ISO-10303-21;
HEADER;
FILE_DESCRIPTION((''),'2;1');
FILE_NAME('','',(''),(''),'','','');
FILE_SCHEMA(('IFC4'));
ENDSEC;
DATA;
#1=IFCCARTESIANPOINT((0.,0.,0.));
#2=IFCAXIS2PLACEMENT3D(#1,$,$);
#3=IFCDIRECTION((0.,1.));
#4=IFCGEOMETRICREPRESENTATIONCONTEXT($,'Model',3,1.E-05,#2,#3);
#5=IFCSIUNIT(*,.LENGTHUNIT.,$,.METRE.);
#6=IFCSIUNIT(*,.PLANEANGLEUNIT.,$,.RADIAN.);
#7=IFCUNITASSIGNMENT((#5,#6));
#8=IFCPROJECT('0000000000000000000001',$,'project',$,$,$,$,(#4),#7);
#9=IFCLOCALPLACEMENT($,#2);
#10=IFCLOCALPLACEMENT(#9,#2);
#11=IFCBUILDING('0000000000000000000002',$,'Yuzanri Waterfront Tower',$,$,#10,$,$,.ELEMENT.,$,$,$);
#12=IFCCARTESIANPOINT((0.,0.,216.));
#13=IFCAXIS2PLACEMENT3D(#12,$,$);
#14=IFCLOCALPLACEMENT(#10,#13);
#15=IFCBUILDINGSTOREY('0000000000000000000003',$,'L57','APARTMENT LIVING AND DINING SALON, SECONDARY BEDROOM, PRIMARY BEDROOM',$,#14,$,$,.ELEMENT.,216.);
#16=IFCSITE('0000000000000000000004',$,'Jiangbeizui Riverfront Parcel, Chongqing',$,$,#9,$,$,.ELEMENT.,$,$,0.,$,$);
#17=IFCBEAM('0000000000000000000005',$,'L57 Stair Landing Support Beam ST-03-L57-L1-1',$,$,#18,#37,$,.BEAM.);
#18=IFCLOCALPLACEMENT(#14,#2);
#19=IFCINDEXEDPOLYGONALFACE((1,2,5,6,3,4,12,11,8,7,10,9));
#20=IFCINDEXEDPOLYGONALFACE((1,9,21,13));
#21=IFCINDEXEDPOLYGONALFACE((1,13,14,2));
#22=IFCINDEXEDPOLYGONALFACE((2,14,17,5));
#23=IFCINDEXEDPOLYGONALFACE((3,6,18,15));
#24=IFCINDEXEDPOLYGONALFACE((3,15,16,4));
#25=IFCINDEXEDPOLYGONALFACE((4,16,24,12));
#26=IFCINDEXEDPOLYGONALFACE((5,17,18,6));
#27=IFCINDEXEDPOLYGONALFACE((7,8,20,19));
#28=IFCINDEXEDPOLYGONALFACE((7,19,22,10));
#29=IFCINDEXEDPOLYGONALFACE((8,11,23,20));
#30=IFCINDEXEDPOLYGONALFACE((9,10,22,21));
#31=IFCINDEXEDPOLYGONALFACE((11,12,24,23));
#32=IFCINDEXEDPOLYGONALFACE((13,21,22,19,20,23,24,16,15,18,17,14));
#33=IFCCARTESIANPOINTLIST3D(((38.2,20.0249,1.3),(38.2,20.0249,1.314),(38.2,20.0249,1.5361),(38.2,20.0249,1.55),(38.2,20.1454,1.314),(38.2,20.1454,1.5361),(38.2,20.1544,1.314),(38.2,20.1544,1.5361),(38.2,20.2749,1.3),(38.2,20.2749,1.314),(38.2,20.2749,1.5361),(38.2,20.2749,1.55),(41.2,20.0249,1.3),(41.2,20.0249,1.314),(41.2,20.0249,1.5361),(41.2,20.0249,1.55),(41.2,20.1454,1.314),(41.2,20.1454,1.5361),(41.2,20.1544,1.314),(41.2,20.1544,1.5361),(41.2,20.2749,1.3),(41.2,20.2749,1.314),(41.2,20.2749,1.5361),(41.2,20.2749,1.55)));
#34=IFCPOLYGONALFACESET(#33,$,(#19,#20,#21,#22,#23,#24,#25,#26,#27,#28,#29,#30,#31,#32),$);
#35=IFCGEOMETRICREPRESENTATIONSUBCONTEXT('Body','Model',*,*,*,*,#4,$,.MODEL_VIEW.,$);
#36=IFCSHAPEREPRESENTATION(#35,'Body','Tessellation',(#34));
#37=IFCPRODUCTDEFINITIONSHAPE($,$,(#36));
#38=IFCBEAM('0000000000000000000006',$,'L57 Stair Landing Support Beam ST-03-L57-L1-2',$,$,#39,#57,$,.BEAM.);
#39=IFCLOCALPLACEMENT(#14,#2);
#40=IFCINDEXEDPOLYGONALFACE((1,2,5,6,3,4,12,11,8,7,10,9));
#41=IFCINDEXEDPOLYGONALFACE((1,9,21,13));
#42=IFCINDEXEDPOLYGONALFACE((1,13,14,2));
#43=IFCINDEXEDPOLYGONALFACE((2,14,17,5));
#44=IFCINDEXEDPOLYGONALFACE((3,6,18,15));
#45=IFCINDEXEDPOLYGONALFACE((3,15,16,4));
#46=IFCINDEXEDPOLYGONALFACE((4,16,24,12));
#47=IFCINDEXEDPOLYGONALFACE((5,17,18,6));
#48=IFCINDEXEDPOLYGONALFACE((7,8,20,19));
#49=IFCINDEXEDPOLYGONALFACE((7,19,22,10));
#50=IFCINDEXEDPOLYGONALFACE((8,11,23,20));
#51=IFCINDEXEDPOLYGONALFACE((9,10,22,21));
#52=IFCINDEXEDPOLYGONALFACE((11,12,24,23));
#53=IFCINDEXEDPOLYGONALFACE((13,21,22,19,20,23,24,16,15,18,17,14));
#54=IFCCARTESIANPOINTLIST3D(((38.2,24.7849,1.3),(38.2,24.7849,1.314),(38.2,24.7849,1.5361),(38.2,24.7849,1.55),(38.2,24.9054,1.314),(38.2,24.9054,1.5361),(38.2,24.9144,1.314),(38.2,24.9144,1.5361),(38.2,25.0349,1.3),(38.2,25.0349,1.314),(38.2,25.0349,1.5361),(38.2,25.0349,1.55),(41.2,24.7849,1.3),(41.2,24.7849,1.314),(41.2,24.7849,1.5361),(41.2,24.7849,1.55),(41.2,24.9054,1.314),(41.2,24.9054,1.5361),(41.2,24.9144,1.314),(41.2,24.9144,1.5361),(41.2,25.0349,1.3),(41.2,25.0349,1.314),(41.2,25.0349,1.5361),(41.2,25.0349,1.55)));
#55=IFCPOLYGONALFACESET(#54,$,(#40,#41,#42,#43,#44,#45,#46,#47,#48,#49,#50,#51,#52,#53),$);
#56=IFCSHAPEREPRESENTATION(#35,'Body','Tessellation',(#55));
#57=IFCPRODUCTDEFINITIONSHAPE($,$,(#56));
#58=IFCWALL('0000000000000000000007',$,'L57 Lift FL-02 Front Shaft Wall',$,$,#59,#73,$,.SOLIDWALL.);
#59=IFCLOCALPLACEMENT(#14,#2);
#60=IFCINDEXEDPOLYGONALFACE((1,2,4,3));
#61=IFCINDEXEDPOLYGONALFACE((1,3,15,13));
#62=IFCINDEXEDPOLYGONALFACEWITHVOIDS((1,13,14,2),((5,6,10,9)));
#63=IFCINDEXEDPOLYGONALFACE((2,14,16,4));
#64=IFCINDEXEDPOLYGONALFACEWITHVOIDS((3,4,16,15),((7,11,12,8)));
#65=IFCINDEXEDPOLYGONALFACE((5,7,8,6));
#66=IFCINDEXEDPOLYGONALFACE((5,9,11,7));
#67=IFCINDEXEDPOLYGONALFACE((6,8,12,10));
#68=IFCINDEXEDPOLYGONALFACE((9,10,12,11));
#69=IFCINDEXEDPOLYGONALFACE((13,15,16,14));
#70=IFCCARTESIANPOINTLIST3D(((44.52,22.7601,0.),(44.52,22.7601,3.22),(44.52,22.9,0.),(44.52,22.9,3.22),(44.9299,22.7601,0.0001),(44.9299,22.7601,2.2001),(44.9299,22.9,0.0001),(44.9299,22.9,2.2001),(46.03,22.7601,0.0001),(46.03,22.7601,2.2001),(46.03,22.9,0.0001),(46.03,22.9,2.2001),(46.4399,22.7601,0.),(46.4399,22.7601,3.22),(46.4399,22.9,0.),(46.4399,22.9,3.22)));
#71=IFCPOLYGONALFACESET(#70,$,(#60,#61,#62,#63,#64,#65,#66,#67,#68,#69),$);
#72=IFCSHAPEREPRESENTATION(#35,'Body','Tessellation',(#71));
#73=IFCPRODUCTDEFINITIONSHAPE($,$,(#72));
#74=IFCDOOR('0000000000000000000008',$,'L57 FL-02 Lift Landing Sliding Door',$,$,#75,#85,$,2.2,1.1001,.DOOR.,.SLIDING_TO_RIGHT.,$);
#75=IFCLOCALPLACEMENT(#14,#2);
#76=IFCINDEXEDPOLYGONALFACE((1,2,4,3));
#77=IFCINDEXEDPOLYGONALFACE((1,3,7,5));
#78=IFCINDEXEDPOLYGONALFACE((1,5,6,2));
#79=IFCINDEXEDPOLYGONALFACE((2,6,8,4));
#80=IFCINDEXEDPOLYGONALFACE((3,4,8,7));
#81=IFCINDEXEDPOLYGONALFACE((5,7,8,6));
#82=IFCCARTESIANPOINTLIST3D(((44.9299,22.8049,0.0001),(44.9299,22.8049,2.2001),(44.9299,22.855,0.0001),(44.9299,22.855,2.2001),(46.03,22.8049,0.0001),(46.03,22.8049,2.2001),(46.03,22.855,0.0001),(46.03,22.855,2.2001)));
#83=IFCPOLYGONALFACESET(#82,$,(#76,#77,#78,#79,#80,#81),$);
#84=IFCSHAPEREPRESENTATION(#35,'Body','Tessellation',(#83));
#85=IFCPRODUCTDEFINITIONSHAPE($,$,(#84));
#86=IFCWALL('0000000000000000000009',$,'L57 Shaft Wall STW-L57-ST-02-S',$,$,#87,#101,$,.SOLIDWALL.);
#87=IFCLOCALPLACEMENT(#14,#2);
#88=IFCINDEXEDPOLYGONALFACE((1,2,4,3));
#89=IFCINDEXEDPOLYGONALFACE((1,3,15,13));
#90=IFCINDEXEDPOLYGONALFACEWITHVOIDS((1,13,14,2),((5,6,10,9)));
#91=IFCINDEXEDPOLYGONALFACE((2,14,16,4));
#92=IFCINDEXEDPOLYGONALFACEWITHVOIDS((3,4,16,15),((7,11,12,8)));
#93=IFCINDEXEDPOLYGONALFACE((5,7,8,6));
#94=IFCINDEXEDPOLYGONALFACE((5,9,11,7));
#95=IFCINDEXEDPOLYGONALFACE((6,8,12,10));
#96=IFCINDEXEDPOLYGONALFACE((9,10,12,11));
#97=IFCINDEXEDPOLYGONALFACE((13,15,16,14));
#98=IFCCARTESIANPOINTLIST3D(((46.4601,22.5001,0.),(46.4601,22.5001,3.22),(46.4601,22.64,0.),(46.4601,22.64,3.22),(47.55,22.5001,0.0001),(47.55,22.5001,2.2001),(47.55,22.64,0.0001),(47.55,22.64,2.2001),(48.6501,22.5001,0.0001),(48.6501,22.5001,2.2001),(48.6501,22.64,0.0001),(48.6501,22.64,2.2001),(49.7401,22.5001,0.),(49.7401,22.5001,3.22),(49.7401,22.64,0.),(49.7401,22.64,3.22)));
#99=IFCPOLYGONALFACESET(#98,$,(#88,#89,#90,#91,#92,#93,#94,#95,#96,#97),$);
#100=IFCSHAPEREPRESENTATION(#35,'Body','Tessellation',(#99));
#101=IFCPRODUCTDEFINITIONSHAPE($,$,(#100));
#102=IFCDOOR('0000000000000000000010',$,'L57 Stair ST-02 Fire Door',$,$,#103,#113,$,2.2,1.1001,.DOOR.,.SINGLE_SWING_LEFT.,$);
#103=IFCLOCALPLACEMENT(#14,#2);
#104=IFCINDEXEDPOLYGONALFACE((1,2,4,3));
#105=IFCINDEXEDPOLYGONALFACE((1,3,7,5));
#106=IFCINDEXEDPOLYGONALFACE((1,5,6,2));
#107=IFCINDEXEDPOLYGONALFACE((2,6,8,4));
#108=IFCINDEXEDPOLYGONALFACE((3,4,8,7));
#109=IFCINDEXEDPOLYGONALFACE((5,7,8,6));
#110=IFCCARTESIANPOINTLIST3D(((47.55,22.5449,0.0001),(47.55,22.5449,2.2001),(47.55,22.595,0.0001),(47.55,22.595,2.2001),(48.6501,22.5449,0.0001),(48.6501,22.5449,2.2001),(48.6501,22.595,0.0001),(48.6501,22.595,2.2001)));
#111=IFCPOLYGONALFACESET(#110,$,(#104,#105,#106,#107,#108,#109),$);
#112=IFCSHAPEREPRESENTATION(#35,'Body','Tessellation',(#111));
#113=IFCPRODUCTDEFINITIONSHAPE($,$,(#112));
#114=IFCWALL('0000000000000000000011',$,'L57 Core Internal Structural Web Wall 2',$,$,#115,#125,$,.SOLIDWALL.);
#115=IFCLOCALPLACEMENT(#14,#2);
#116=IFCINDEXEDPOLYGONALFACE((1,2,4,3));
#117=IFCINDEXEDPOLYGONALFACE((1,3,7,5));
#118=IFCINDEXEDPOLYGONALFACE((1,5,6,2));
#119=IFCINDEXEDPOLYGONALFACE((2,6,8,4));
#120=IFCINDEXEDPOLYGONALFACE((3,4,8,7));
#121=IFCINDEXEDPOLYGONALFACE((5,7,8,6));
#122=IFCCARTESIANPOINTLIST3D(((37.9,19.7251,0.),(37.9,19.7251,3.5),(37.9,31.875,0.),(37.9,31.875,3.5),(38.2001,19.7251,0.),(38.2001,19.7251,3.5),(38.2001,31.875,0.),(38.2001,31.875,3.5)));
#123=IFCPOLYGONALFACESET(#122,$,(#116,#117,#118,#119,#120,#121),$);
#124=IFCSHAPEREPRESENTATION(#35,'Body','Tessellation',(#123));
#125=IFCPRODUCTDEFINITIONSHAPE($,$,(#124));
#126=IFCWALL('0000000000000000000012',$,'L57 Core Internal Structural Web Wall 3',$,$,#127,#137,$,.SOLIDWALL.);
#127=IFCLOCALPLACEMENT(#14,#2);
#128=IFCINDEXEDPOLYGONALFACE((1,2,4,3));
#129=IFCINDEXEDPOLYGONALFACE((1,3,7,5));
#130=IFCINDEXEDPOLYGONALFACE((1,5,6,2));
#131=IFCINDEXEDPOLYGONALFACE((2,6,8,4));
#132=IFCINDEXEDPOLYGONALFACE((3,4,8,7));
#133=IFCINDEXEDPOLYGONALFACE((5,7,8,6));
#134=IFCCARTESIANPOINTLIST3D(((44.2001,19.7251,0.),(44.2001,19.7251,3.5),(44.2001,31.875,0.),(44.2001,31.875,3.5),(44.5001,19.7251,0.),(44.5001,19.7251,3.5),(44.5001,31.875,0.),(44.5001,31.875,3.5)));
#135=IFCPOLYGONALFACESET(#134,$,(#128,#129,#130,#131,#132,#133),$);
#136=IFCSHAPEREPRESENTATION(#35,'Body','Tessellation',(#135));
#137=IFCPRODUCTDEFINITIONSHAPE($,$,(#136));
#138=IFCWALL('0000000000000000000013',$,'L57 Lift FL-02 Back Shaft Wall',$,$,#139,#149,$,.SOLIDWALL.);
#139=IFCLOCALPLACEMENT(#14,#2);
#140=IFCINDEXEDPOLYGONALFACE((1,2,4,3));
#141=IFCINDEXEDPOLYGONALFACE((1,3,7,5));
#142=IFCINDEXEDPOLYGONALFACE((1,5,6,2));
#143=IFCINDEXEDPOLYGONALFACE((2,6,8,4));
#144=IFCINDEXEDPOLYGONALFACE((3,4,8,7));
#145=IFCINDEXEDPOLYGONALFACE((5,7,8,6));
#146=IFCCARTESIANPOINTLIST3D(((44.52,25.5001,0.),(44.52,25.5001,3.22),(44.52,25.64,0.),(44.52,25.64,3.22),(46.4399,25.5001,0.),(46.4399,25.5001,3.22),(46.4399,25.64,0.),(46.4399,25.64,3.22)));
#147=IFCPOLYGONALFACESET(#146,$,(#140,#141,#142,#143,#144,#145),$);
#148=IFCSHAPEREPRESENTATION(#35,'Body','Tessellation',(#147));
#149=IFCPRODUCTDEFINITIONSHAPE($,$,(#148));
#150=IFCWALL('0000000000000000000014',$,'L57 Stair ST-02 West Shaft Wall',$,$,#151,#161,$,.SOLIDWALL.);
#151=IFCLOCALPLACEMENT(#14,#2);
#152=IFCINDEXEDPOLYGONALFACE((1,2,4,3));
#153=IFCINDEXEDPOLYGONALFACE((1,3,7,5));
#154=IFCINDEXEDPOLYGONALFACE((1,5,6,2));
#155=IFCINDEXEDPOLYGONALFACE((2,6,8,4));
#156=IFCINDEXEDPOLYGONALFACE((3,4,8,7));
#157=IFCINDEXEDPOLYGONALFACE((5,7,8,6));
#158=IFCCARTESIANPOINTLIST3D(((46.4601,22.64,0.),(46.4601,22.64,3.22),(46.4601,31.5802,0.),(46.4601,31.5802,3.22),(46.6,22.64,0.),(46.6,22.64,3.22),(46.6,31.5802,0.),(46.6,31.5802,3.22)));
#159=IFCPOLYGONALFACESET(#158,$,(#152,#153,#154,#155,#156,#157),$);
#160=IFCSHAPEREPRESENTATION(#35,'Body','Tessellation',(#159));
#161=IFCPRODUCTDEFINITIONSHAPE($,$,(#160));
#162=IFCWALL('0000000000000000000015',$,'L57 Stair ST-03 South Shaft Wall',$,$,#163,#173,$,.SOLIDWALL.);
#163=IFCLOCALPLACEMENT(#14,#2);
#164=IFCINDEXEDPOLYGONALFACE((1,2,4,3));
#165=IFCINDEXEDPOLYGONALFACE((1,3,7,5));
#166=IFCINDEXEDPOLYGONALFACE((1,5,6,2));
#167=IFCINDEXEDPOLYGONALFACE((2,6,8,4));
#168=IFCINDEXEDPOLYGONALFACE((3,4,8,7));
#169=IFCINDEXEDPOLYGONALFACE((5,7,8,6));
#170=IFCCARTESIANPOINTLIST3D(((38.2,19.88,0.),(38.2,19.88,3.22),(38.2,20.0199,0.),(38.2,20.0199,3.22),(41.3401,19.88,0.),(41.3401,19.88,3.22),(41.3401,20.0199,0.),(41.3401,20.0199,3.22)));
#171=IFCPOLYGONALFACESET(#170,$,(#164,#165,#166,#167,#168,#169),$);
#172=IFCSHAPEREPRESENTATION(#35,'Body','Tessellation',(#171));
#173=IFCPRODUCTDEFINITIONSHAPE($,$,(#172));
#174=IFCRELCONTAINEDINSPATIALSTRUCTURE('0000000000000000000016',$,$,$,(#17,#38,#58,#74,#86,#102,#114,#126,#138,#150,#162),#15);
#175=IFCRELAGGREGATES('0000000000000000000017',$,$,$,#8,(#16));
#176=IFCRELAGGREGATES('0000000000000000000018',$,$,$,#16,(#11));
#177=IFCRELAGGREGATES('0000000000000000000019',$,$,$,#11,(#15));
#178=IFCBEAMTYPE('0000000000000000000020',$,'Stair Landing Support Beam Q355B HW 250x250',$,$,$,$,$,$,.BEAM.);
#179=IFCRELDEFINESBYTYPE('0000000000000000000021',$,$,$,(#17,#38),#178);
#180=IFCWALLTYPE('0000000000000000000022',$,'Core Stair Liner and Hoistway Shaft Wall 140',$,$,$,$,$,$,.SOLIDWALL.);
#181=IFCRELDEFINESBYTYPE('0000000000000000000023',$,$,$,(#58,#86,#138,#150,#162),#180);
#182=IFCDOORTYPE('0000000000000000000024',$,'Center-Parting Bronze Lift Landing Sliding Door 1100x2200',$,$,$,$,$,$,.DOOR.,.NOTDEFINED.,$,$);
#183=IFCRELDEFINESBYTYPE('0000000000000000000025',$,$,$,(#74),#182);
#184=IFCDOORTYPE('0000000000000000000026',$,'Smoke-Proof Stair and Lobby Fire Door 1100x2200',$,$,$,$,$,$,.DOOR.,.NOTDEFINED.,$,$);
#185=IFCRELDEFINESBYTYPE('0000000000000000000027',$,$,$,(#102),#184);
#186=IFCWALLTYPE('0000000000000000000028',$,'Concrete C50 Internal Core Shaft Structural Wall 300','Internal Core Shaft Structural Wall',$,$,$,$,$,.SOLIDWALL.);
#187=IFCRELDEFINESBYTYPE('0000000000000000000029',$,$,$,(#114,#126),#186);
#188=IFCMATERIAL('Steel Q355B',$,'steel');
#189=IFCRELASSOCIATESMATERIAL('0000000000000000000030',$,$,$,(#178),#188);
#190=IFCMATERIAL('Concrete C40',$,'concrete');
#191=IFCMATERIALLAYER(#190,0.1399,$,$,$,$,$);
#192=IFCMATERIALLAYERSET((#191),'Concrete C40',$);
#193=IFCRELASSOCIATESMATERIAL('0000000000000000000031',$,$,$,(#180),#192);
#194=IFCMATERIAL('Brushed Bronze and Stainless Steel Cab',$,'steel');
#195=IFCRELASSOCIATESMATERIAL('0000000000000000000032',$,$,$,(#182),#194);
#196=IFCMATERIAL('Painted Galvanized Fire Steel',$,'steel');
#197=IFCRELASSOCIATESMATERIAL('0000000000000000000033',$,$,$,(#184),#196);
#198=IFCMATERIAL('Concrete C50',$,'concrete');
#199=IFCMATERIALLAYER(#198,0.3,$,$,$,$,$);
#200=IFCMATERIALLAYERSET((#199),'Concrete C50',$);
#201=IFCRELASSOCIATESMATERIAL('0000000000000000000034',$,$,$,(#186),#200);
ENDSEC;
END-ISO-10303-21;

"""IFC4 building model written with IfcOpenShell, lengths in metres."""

from ifc_helpers import new_model, si_unit, direction, frame, frame_2d, origin, origin_2d, place, context, subcontext, project, spatial, rectangle, i_section, extrude, source, transform, mapped, material, layer, layer_set, material_profile, profile_set, type_object, element, fill, save


model = new_model("IFC4")

# Units and contexts
model_context = context("Model", 3, precision=1e-05, world=origin(), true_north=direction((0.0, 1.0)))
body_context = subcontext(model_context, "Body", "Model", "MODEL_VIEW")
ifc_project = project(units=[si_unit("LENGTHUNIT", "METRE"), si_unit("PLANEANGLEUNIT", "RADIAN")], contexts=[model_context])

# Site, building, storey
site_placement = place(None, origin())
site = spatial("IfcSite", under=ifc_project, at=site_placement, Name="Jiangbeizui Riverfront Parcel, Chongqing", CompositionType="ELEMENT", RefElevation=0.0)
building_placement = place(site_placement, origin())
building = spatial("IfcBuilding", under=site, at=building_placement, Name="Yuzanri Waterfront Tower", CompositionType="ELEMENT")
storey_placement = place(building_placement, frame((0.0, 0.0, 216.0)))
storey = spatial("IfcBuildingStorey", under=building, at=storey_placement, Name="L57", Description="APARTMENT LIVING AND DINING SALON, SECONDARY BEDROOM, PRIMARY BEDROOM", CompositionType="ELEMENT", Elevation=216.0)

# Beams
ifc_material_1 = material(Name="Steel Q355B", Category="steel")
ifc_material_profile = material_profile(ifc_material_1, i_section(OverallWidth=0.25, OverallDepth=0.25, WebThickness=0.009, FlangeThickness=0.0139, at=origin_2d()), Name="HW 250x250x9x14")
ifc_profile_set = profile_set([ifc_material_profile], Name="Steel Q355B")
beam_type = type_object("IfcBeamType", Name="Stair Landing Support Beam Q355B HW 250x250", PredefinedType="BEAM", material=ifc_profile_set)
shared_shape_1 = source(origin(), body_context, "Body", "SweptSolid", [
    extrude(i_section(OverallWidth=0.25, OverallDepth=0.25, WebThickness=0.009, FlangeThickness=0.0139, at=origin_2d()), origin(), (0.0, 0.0, 1.0), 3.0),
])
for number, where, z_axis, x_axis, name in (
    (1, (38.2, 20.1499, 1.425), (1.0, 0.0, 0.0), (0.0, 1.0, 0.0), "L57 Stair Landing Support Beam ST-03-L57-L1-1"),
    (2, (38.2, 24.9099, 1.425), (1.0, 0.0, 0.0), (0.0, 1.0, 0.0), "L57 Stair Landing Support Beam ST-03-L57-L1-2"),
):
    element("IfcBeam", number, at=place(storey_placement, frame(where, z_axis=z_axis, x_axis=x_axis)), inside=storey, type_object=beam_type, Name=name, PredefinedType="BEAM", context=body_context, shape_type="MappedRepresentation", body=[
        mapped(shared_shape_1, transform((0.0, 0.0, 0.0), scale=1.0)),
    ])

# Walls, openings, doors
ifc_material_2 = material(Name="Concrete C40", Category="concrete")
ifc_layer_1 = layer(ifc_material_2, 0.1399)
ifc_layer_set_1 = layer_set([ifc_layer_1], Name="Concrete C40")
wall_type_1 = type_object("IfcWallType", Name="Core Stair Liner and Hoistway Shaft Wall 140", PredefinedType="SOLIDWALL", material=ifc_layer_set_1)
wall_1_placement = place(storey_placement, frame((44.52, 22.8301, 0.0), z_axis=(0.0, 0.0, 1.0), x_axis=(1.0, 0.0, 0.0)))
wall_1 = element("IfcWall", 3, at=wall_1_placement, inside=storey, type_object=wall_type_1, Name="L57 Lift FL-02 Front Shaft Wall", PredefinedType="SOLIDWALL", context=body_context, shape_type="SweptSolid", body=[
    extrude(rectangle(XDim=1.9199, YDim=0.1399, at=frame_2d((0.96, 0.0))), origin(), (0.0, 0.0, 1.0), 3.22),
])
opening_1_placement = place(wall_1_placement, frame((0.4099, 0.0, 0.0)))
opening_1 = element("IfcOpeningElement", 4, at=opening_1_placement, cuts=wall_1, PredefinedType="OPENING", context=body_context, shape_type="SweptSolid", body=[
    extrude(rectangle(XDim=1.1001, YDim=2.2, at=frame_2d((0.55, 1.1001))), frame((0.0, 0.085, 0.0), z_axis=(0.0, -1.0, 0.0), x_axis=(1.0, 0.0, 0.0)), (0.0, 0.0, 1.0), 0.1697),
])
ifc_material_3 = material(Name="Brushed Bronze and Stainless Steel Cab", Category="steel")
door_type_1 = type_object("IfcDoorType", Name="Center-Parting Bronze Lift Landing Sliding Door 1100x2200", OperationType="NOTDEFINED", PredefinedType="DOOR", material=ifc_material_3)
shared_shape_2 = source(origin(), body_context, "Body", "SweptSolid", [
    extrude(rectangle(XDim=1.1001, YDim=2.2, at=frame_2d((0.55, 1.1001))), frame((0.0, 0.0249, 0.0), z_axis=(0.0, -1.0, 0.0), x_axis=(1.0, 0.0, 0.0)), (0.0, 0.0, 1.0), 0.05),
])
door_1_placement = place(opening_1_placement, origin())
door_1 = element("IfcDoor", 5, at=door_1_placement, inside=storey, type_object=door_type_1, Name="L57 FL-02 Lift Landing Sliding Door", OperationType="SLIDING_TO_RIGHT", OverallHeight=2.2, OverallWidth=1.1001, PredefinedType="DOOR", context=body_context, shape_type="MappedRepresentation", body=[
    mapped(shared_shape_2, transform((0.0, 0.0, 0.0), scale=1.0)),
])
fill(opening_1, door_1)
wall_2_placement = place(storey_placement, frame((46.46, 22.5701, 0.0), z_axis=(0.0, 0.0, 1.0), x_axis=(1.0, 0.0, 0.0)))
wall_2 = element("IfcWall", 6, at=wall_2_placement, inside=storey, type_object=wall_type_1, Name="L57 Shaft Wall STW-L57-ST-02-S", PredefinedType="SOLIDWALL", context=body_context, shape_type="SweptSolid", body=[
    extrude(rectangle(XDim=3.28, YDim=0.1399, at=frame_2d((1.6401, 0.0))), origin(), (0.0, 0.0, 1.0), 3.22),
])
opening_2_placement = place(wall_2_placement, frame((1.0901, 0.0, 0.0)))
opening_2 = element("IfcOpeningElement", 7, at=opening_2_placement, cuts=wall_2, PredefinedType="OPENING", context=body_context, shape_type="SweptSolid", body=[
    extrude(rectangle(XDim=1.1001, YDim=2.2, at=frame_2d((0.55, 1.1001))), frame((0.0, 0.085, 0.0), z_axis=(0.0, -1.0, 0.0), x_axis=(1.0, 0.0, 0.0)), (0.0, 0.0, 1.0), 0.1697),
])
ifc_material_4 = material(Name="Painted Galvanized Fire Steel", Category="steel")
door_type_2 = type_object("IfcDoorType", Name="Smoke-Proof Stair and Lobby Fire Door 1100x2200", OperationType="NOTDEFINED", PredefinedType="DOOR", material=ifc_material_4)
shared_shape_3 = source(origin(), body_context, "Body", "SweptSolid", [
    extrude(rectangle(XDim=1.1001, YDim=2.2, at=frame_2d((0.55, 1.1001))), frame((0.0, 0.0249, 0.0), z_axis=(0.0, -1.0, 0.0), x_axis=(1.0, 0.0, 0.0)), (0.0, 0.0, 1.0), 0.05),
])
door_2_placement = place(opening_2_placement, origin())
door_2 = element("IfcDoor", 8, at=door_2_placement, inside=storey, type_object=door_type_2, Name="L57 Stair ST-02 Fire Door", OperationType="SINGLE_SWING_LEFT", OverallHeight=2.2, OverallWidth=1.1001, PredefinedType="DOOR", context=body_context, shape_type="MappedRepresentation", body=[
    mapped(shared_shape_3, transform((0.0, 0.0, 0.0), scale=1.0)),
])
fill(opening_2, door_2)

# Walls
ifc_material_5 = material(Name="Concrete C50", Category="concrete")
ifc_layer_2 = layer(ifc_material_5, 0.3)
ifc_layer_set_2 = layer_set([ifc_layer_2], Name="Concrete C50")
wall_type_2 = type_object("IfcWallType", Name="Concrete C50 Internal Core Shaft Structural Wall 300", Description="Internal Core Shaft Structural Wall", PredefinedType="SOLIDWALL", material=ifc_layer_set_2)
shared_shape_4 = source(origin(), body_context, "Body", "SweptSolid", [
    extrude(rectangle(XDim=12.1499, YDim=0.3, at=frame_2d((6.075, 0.0))), origin(), (0.0, 0.0, 1.0), 3.5),
])
for number, where, z_axis, x_axis, name in (
    (9, (38.05, 19.7251, 0.0), (0.0, 0.0, 1.0), (0.0, 1.0, 0.0), "L57 Core Internal Structural Web Wall 2"),
    (10, (44.3501, 19.7251, 0.0), (0.0, 0.0, 1.0), (0.0, 1.0, 0.0), "L57 Core Internal Structural Web Wall 3"),
):
    element("IfcWall", number, at=place(storey_placement, frame(where, z_axis=z_axis, x_axis=x_axis)), inside=storey, type_object=wall_type_2, Name=name, PredefinedType="SOLIDWALL", context=body_context, shape_type="MappedRepresentation", body=[
        mapped(shared_shape_4, transform((0.0, 0.0, 0.0), scale=1.0)),
    ])
shared_shape_5 = source(origin(), body_context, "Body", "SweptSolid", [
    extrude(rectangle(XDim=1.9199, YDim=0.1399, at=frame_2d((0.96, 0.0))), origin(), (0.0, 0.0, 1.0), 3.22),
])
wall_3_placement = place(storey_placement, frame((44.52, 25.5701, 0.0), z_axis=(0.0, 0.0, 1.0), x_axis=(1.0, 0.0, 0.0)))
element("IfcWall", 11, at=wall_3_placement, inside=storey, type_object=wall_type_1, Name="L57 Lift FL-02 Back Shaft Wall", PredefinedType="SOLIDWALL", context=body_context, shape_type="MappedRepresentation", body=[
    mapped(shared_shape_5, transform((0.0, 0.0, 0.0), scale=1.0)),
])
shared_shape_6 = source(origin(), body_context, "Body", "SweptSolid", [
    extrude(rectangle(XDim=8.9402, YDim=0.1399, at=frame_2d((4.4702, 0.0))), origin(), (0.0, 0.0, 1.0), 3.22),
])
wall_4_placement = place(storey_placement, frame((46.53, 22.6399, 0.0), z_axis=(0.0, 0.0, 1.0), x_axis=(0.0, 1.0, 0.0)))
element("IfcWall", 12, at=wall_4_placement, inside=storey, type_object=wall_type_1, Name="L57 Stair ST-02 West Shaft Wall", PredefinedType="SOLIDWALL", context=body_context, shape_type="MappedRepresentation", body=[
    mapped(shared_shape_6, transform((0.0, 0.0, 0.0), scale=1.0)),
])
shared_shape_7 = source(origin(), body_context, "Body", "SweptSolid", [
    extrude(rectangle(XDim=3.1401, YDim=0.1399, at=frame_2d((1.5701, 0.0))), origin(), (0.0, 0.0, 1.0), 3.22),
])
wall_5_placement = place(storey_placement, frame((38.2, 19.95, 0.0), z_axis=(0.0, 0.0, 1.0), x_axis=(1.0, 0.0, 0.0)))
element("IfcWall", 13, at=wall_5_placement, inside=storey, type_object=wall_type_1, Name="L57 Stair ST-03 South Shaft Wall", PredefinedType="SOLIDWALL", context=body_context, shape_type="MappedRepresentation", body=[
    mapped(shared_shape_7, transform((0.0, 0.0, 0.0), scale=1.0)),
])

save(model, "model.ifc")
